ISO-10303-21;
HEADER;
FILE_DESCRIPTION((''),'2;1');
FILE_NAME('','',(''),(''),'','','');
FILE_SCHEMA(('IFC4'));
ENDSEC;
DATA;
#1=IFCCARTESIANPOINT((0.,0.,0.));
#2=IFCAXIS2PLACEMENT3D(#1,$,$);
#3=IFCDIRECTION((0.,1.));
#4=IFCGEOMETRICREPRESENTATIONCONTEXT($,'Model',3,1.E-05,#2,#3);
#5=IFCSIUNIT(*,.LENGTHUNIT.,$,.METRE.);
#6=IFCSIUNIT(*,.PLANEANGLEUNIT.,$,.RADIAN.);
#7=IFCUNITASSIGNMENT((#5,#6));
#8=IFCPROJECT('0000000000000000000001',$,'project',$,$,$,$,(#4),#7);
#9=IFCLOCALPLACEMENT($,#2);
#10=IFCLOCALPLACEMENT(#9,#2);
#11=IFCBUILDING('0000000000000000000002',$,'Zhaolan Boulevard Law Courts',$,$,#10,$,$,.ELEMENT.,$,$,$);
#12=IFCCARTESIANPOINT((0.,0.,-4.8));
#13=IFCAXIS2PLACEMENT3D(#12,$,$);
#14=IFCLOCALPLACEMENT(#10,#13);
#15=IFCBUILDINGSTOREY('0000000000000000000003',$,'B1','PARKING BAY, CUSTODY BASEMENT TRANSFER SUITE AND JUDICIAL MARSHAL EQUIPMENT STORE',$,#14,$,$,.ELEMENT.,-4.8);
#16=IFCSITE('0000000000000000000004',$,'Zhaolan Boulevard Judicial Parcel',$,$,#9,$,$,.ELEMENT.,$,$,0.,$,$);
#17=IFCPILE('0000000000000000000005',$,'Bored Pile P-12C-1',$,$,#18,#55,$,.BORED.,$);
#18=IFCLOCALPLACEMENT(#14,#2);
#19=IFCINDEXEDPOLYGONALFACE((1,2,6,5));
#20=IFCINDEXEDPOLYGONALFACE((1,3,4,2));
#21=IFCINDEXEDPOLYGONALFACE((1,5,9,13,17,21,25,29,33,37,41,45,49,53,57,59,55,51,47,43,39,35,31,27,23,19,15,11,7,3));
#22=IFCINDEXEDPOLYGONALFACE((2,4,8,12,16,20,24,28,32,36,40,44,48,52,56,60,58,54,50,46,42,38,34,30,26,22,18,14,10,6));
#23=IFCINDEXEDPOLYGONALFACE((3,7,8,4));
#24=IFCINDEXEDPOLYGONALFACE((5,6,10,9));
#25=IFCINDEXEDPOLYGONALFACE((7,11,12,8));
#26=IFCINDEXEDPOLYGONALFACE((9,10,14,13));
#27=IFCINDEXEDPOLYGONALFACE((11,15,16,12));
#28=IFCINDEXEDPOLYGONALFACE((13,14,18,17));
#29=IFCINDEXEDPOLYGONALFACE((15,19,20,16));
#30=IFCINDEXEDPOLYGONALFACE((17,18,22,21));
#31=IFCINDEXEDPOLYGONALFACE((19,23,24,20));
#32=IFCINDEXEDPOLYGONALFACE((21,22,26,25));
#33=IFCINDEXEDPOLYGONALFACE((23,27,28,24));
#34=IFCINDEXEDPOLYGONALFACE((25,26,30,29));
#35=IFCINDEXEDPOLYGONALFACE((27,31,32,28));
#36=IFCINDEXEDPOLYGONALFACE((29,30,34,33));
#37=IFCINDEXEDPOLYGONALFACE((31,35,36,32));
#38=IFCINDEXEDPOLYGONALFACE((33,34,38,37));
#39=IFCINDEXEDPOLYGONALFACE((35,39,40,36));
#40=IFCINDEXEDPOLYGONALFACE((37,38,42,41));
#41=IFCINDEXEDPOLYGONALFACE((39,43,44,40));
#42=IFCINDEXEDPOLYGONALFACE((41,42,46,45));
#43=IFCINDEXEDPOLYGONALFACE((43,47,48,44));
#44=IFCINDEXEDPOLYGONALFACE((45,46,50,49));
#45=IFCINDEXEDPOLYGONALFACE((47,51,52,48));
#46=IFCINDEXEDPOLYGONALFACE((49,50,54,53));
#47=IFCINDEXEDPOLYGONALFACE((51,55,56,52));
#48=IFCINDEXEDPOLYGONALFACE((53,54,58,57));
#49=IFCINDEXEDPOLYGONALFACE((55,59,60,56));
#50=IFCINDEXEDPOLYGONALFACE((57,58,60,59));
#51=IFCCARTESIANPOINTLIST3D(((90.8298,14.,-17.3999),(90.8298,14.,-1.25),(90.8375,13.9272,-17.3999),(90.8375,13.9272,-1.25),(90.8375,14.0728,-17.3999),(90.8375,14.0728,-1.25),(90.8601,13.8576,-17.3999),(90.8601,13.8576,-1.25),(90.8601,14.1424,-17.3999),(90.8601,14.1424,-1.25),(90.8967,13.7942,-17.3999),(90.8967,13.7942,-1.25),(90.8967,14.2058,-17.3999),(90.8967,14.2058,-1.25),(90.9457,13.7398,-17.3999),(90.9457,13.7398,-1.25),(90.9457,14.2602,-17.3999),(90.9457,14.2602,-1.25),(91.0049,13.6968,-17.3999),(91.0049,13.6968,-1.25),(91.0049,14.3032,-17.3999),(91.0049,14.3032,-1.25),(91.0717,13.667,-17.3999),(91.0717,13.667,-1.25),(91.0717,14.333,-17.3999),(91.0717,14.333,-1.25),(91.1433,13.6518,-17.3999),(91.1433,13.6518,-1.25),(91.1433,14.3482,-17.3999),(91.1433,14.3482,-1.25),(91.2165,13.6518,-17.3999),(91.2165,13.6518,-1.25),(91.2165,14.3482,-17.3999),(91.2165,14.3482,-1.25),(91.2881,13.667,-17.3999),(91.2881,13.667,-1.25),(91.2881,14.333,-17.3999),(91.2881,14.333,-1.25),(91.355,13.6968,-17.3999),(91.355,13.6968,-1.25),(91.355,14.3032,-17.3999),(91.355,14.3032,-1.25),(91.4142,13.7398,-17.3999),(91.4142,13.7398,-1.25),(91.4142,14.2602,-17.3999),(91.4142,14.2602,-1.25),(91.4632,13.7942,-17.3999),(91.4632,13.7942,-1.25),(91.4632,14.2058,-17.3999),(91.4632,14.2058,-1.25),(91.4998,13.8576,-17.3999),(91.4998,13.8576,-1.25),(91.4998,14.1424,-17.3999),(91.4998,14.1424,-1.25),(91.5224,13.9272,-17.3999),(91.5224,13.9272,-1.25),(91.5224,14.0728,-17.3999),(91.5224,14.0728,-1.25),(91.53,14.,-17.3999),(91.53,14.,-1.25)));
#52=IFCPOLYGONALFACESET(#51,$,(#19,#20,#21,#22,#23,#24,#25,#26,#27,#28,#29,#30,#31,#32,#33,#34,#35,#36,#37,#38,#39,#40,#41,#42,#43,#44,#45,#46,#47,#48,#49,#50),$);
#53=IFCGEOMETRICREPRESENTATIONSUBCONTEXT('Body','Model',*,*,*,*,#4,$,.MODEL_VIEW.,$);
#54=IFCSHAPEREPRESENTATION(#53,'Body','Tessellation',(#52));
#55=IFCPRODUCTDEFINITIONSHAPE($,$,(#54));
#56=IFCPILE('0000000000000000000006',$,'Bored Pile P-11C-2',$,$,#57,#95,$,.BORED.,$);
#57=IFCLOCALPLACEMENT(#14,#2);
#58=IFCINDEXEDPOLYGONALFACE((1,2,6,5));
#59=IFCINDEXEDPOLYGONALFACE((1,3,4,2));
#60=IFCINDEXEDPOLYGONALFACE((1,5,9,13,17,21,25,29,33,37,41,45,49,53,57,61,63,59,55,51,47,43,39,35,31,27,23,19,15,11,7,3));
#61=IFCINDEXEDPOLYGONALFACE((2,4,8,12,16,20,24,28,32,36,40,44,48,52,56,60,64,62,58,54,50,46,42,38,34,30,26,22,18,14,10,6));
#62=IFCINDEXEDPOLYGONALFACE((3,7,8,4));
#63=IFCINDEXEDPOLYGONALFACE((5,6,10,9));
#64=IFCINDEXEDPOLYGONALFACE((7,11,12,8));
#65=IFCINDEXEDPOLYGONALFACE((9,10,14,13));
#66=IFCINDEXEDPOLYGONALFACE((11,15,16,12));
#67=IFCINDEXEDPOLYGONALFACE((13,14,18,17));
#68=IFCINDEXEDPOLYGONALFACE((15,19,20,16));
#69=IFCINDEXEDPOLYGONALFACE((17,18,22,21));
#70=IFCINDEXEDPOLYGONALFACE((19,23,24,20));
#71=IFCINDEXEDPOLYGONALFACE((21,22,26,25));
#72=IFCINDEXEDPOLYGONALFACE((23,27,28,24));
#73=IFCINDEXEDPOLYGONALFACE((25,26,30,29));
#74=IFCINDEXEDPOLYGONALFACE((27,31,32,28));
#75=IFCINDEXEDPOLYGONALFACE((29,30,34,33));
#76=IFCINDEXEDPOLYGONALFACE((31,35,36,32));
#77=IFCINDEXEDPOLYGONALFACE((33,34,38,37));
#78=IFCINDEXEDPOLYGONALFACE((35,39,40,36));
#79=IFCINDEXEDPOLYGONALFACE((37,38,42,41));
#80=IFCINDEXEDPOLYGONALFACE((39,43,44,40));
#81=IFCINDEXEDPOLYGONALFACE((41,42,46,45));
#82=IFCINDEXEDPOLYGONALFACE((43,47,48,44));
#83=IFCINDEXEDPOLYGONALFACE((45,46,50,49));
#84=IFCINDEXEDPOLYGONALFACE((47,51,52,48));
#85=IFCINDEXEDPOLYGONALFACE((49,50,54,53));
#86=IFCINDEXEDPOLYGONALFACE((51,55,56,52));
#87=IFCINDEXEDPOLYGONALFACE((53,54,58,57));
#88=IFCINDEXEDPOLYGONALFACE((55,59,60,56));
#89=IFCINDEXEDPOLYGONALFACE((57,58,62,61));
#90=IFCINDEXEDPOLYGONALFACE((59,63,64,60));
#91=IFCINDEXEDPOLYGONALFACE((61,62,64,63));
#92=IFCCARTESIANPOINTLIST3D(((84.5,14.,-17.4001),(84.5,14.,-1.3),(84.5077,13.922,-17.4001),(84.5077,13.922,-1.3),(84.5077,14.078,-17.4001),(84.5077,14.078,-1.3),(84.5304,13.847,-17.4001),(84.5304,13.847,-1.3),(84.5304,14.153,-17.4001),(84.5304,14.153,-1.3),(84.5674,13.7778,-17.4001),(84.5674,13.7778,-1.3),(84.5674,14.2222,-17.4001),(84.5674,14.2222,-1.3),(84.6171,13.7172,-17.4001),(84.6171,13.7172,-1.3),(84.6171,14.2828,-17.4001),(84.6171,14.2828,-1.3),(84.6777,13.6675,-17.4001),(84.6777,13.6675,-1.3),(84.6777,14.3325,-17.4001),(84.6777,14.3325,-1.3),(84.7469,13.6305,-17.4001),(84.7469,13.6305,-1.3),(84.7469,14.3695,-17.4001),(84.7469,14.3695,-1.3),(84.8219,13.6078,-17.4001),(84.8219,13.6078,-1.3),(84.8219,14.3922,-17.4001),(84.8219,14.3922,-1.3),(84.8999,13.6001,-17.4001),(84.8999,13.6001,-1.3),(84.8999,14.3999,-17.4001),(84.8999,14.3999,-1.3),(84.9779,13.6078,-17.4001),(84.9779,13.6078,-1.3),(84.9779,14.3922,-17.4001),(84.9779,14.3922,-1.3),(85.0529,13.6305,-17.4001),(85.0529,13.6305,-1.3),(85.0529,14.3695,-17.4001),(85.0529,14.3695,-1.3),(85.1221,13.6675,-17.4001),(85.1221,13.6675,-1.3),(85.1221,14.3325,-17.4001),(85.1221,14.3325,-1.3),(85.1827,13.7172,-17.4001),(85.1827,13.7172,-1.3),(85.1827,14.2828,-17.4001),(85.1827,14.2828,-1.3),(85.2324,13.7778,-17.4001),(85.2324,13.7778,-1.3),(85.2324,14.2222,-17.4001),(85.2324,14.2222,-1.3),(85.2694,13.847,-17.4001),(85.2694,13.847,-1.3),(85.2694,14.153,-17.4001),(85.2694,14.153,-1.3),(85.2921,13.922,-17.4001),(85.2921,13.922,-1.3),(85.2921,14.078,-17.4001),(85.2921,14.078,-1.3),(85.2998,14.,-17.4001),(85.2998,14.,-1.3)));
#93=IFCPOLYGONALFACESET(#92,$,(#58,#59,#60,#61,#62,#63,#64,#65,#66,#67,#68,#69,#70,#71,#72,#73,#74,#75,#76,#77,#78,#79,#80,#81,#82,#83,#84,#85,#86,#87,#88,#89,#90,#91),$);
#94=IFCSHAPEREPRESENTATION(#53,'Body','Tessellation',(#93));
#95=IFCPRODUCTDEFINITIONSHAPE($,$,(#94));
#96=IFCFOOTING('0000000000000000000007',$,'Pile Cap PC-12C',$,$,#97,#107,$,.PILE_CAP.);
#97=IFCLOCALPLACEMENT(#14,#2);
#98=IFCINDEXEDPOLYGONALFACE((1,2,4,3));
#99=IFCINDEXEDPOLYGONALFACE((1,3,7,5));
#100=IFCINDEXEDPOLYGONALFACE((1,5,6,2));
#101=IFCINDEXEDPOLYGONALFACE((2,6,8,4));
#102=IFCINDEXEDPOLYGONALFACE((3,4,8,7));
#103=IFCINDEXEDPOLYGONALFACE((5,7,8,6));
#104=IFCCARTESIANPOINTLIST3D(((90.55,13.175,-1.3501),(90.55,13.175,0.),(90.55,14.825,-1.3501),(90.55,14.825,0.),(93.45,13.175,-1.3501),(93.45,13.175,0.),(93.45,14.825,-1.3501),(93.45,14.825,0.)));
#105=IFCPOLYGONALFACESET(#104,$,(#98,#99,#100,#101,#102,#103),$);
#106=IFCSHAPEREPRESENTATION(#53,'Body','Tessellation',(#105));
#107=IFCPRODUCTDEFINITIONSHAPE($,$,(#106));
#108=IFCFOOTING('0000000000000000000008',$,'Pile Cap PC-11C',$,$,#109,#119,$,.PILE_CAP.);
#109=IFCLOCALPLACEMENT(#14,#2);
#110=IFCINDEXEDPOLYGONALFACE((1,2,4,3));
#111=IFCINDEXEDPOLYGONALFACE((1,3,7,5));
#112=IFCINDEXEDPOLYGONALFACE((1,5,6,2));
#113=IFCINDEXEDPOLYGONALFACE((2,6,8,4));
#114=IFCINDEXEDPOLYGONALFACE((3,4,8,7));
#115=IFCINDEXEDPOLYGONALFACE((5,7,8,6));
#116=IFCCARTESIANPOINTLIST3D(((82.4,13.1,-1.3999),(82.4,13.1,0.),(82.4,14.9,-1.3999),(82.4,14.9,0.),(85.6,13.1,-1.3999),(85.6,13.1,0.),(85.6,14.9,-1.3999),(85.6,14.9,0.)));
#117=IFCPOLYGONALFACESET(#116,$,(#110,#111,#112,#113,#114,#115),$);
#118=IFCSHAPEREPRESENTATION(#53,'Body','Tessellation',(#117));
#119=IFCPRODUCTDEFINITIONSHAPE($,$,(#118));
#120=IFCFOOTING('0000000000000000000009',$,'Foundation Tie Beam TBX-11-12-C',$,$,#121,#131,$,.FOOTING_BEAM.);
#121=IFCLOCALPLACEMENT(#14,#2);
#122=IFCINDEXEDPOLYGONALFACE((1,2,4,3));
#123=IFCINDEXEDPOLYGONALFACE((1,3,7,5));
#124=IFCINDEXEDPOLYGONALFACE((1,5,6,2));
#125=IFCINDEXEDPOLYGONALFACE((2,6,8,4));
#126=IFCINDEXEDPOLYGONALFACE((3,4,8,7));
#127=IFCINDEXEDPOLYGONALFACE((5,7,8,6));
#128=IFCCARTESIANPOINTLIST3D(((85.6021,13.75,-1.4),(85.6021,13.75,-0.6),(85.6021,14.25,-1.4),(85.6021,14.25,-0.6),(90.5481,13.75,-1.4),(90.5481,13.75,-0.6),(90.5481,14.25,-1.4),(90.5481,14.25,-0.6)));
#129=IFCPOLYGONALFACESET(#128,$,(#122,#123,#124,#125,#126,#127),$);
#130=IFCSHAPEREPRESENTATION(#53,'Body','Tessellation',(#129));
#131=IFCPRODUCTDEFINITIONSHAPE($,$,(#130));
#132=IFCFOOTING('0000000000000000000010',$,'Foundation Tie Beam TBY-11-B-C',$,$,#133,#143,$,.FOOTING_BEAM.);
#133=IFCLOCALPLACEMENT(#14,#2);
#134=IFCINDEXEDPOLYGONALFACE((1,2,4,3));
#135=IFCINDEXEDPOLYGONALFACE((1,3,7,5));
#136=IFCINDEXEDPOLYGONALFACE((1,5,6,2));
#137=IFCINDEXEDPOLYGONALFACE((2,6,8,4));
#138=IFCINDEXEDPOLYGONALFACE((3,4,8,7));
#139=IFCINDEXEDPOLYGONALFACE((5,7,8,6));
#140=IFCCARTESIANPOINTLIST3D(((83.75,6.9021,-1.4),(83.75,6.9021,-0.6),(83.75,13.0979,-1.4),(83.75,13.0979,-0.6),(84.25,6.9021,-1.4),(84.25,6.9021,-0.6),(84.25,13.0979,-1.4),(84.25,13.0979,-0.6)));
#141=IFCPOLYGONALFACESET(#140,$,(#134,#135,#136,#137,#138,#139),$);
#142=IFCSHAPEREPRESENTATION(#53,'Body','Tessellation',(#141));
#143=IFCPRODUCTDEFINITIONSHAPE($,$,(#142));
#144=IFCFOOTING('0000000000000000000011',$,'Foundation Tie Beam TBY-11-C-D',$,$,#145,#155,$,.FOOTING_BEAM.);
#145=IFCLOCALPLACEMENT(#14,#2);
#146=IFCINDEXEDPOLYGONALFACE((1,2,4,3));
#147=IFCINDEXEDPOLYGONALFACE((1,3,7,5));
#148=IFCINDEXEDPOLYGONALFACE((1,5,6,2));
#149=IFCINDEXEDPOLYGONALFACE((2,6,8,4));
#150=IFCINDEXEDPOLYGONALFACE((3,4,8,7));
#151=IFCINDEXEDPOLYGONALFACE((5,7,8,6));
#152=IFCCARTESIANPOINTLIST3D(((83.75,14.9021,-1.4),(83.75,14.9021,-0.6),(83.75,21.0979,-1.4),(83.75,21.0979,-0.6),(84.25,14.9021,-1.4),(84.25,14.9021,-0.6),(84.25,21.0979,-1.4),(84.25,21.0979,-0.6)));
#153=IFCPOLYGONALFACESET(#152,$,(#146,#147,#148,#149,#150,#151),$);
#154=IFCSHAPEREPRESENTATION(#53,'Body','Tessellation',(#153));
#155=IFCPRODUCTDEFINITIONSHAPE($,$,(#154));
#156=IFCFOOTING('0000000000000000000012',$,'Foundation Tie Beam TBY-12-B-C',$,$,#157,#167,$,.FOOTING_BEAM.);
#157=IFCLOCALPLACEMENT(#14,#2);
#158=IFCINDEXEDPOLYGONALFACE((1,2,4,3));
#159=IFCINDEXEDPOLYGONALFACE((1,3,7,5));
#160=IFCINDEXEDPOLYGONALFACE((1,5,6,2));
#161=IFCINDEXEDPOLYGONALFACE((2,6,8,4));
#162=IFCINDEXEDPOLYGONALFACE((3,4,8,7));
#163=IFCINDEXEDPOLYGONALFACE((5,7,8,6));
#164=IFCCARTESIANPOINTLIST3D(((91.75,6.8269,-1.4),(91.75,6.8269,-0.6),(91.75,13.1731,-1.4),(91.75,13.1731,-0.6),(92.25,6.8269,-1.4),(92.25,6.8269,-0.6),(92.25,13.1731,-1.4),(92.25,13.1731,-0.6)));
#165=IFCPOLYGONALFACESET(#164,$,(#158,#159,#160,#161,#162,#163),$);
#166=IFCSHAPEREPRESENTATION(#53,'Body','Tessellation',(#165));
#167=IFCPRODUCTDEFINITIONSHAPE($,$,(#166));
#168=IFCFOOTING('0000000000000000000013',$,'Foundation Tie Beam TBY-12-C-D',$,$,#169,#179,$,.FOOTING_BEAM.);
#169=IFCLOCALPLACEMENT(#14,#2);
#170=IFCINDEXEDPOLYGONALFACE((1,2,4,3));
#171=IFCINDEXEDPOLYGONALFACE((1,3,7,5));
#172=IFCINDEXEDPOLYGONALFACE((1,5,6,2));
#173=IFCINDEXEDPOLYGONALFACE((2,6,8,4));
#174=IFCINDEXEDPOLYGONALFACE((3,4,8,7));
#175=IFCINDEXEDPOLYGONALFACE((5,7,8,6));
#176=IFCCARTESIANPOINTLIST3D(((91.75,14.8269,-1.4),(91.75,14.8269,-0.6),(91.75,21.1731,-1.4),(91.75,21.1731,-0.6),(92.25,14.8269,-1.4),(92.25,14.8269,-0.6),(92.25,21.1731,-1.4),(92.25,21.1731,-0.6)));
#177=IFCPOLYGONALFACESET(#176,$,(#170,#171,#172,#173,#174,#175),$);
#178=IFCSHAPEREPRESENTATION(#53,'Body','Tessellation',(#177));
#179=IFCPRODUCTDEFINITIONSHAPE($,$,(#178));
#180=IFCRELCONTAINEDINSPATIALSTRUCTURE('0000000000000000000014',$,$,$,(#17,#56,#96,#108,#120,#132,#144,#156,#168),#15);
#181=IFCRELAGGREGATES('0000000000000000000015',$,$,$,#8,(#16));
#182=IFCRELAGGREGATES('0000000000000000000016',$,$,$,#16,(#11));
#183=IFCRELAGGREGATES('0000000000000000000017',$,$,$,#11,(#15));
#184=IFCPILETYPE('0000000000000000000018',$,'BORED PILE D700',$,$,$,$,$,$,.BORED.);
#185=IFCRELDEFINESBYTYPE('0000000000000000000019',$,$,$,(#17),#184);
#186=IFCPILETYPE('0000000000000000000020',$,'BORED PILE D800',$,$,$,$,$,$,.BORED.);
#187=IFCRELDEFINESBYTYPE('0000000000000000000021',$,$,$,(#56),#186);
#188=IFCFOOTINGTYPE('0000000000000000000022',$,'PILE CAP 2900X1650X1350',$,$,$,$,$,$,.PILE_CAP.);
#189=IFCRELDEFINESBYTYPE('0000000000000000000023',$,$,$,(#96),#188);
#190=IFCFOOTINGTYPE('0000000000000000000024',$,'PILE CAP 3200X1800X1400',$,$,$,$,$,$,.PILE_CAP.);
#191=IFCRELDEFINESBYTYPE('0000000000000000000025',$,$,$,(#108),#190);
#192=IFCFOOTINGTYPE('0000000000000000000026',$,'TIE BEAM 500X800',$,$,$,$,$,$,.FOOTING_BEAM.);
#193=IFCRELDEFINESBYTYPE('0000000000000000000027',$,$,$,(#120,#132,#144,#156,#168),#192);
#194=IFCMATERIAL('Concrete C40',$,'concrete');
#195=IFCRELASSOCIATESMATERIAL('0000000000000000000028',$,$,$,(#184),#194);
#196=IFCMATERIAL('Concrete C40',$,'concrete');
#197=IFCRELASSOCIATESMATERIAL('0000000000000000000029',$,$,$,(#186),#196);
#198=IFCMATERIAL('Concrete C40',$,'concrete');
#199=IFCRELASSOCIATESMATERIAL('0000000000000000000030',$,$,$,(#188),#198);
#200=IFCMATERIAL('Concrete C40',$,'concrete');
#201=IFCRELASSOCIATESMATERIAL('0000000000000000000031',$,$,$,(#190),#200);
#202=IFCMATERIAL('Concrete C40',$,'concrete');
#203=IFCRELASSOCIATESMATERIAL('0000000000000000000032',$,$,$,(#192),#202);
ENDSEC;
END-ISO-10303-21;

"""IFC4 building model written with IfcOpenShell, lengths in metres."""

from ifc_helpers import new_model, si_unit, direction, frame, origin, origin_2d, place, context, subcontext, project, spatial, rectangle, circle, extrude, material, material_profile, profile_set, type_object, element, save


model = new_model("IFC4")

# Units and contexts
model_context = context("Model", 3, precision=1e-05, world=origin(), true_north=direction((0.0, 1.0)))
body_context = subcontext(model_context, "Body", "Model", "MODEL_VIEW")
ifc_project = project(units=[si_unit("LENGTHUNIT", "METRE"), si_unit("PLANEANGLEUNIT", "RADIAN")], contexts=[model_context])

# Site, building, storey
site_placement = place(None, origin())
site = spatial("IfcSite", under=ifc_project, at=site_placement, Name="Zhaolan Boulevard Judicial Parcel", CompositionType="ELEMENT", RefElevation=0.0)
building_placement = place(site_placement, origin())
building = spatial("IfcBuilding", under=site, at=building_placement, Name="Zhaolan Boulevard Law Courts", CompositionType="ELEMENT")
storey_placement = place(building_placement, frame((0.0, 0.0, -4.8)))
storey = spatial("IfcBuildingStorey", under=building, at=storey_placement, Name="B1", Description="PARKING BAY, CUSTODY BASEMENT TRANSFER SUITE AND JUDICIAL MARSHAL EQUIPMENT STORE", CompositionType="ELEMENT", Elevation=-4.8)

# Piles
ifc_material_1 = material(Name="Concrete C40", Category="concrete")
ifc_material_profile_1 = material_profile(ifc_material_1, circle(Radius=0.3501, at=origin_2d()), Name="PILE-D700")
ifc_profile_set_1 = profile_set([ifc_material_profile_1], Name="Concrete C40")
pile_type_1 = type_object("IfcPileType", Name="BORED PILE D700", PredefinedType="BORED", material=ifc_profile_set_1)
pile_1_placement = place(storey_placement, frame((91.1799, 14.0, -1.25), z_axis=(0.0, 0.0, -1.0), x_axis=(1.0, 0.0, 0.0)))
element("IfcPile", 1, at=pile_1_placement, inside=storey, type_object=pile_type_1, Name="Bored Pile P-12C-1", PredefinedType="BORED", context=body_context, shape_type="SweptSolid", body=[
    extrude(circle(Radius=0.3501, at=origin_2d()), origin(), (0.0, 0.0, 1.0), 16.1499),
])
ifc_material_2 = material(Name="Concrete C40", Category="concrete")
ifc_material_profile_2 = material_profile(ifc_material_2, circle(Radius=0.3999, at=origin_2d()), Name="PILE-D800")
ifc_profile_set_2 = profile_set([ifc_material_profile_2], Name="Concrete C40")
pile_type_2 = type_object("IfcPileType", Name="BORED PILE D800", PredefinedType="BORED", material=ifc_profile_set_2)
pile_2_placement = place(storey_placement, frame((84.8999, 14.0, -1.3), z_axis=(0.0, 0.0, -1.0), x_axis=(1.0, 0.0, 0.0)))
element("IfcPile", 2, at=pile_2_placement, inside=storey, type_object=pile_type_2, Name="Bored Pile P-11C-2", PredefinedType="BORED", context=body_context, shape_type="SweptSolid", body=[
    extrude(circle(Radius=0.3999, at=origin_2d()), origin(), (0.0, 0.0, 1.0), 16.1001),
])

# Footings
ifc_material_3 = material(Name="Concrete C40", Category="concrete")
footing_type_1 = type_object("IfcFootingType", Name="PILE CAP 2900X1650X1350", PredefinedType="PILE_CAP", material=ifc_material_3)
footing_1_placement = place(storey_placement, frame((92.0, 14.0, -1.3501), z_axis=(0.0, 0.0, 1.0), x_axis=(1.0, 0.0, 0.0)))
element("IfcFooting", 3, at=footing_1_placement, inside=storey, type_object=footing_type_1, Name="Pile Cap PC-12C", PredefinedType="PILE_CAP", context=body_context, shape_type="SweptSolid", body=[
    extrude(rectangle(XDim=2.8999, YDim=1.6499, at=origin_2d()), origin(), (0.0, 0.0, 1.0), 1.3501),
])
ifc_material_4 = material(Name="Concrete C40", Category="concrete")
footing_type_2 = type_object("IfcFootingType", Name="PILE CAP 3200X1800X1400", PredefinedType="PILE_CAP", material=ifc_material_4)
footing_2_placement = place(storey_placement, frame((84.0, 14.0, -1.3999), z_axis=(0.0, 0.0, 1.0), x_axis=(1.0, 0.0, 0.0)))
element("IfcFooting", 4, at=footing_2_placement, inside=storey, type_object=footing_type_2, Name="Pile Cap PC-11C", PredefinedType="PILE_CAP", context=body_context, shape_type="SweptSolid", body=[
    extrude(rectangle(XDim=3.2, YDim=1.8, at=origin_2d()), origin(), (0.0, 0.0, 1.0), 1.3999),
])
ifc_material_5 = material(Name="Concrete C40", Category="concrete")
ifc_material_profile_3 = material_profile(ifc_material_5, rectangle(XDim=0.5, YDim=0.8, at=origin_2d()), Name="RC500x800")
ifc_profile_set_3 = profile_set([ifc_material_profile_3], Name="Concrete C40")
footing_type_3 = type_object("IfcFootingType", Name="TIE BEAM 500X800", PredefinedType="FOOTING_BEAM", material=ifc_profile_set_3)
footing_3_placement = place(storey_placement, frame((85.6021, 14.0, -1.0), z_axis=(1.0, 0.0, 0.0), x_axis=(0.0, 1.0, 0.0)))
element("IfcFooting", 5, at=footing_3_placement, inside=storey, type_object=footing_type_3, Name="Foundation Tie Beam TBX-11-12-C", PredefinedType="FOOTING_BEAM", context=body_context, shape_type="SweptSolid", body=[
    extrude(rectangle(XDim=0.5, YDim=0.8, at=origin_2d()), origin(), (0.0, 0.0, 1.0), 4.946),
])
for number, where, z_axis, x_axis, name in (
    (6, (84.0, 6.9021, -1.0), (0.0, 1.0, 0.0), (-1.0, 0.0, 0.0), "Foundation Tie Beam TBY-11-B-C"),
    (7, (84.0, 14.9021, -1.0), (0.0, 1.0, 0.0), (-1.0, 0.0, 0.0), "Foundation Tie Beam TBY-11-C-D"),
):
    element("IfcFooting", number, at=place(storey_placement, frame(where, z_axis=z_axis, x_axis=x_axis)), inside=storey, type_object=footing_type_3, Name=name, PredefinedType="FOOTING_BEAM", context=body_context, shape_type="SweptSolid", body=[
        extrude(rectangle(XDim=0.5, YDim=0.8, at=origin_2d()), origin(), (0.0, 0.0, 1.0), 6.1958),
    ])
for number, where, z_axis, x_axis, name in (
    (8, (92.0, 6.8269, -1.0), (0.0, 1.0, 0.0), (-1.0, 0.0, 0.0), "Foundation Tie Beam TBY-12-B-C"),
    (9, (92.0, 14.8269, -1.0), (0.0, 1.0, 0.0), (-1.0, 0.0, 0.0), "Foundation Tie Beam TBY-12-C-D"),
):
    element("IfcFooting", number, at=place(storey_placement, frame(where, z_axis=z_axis, x_axis=x_axis)), inside=storey, type_object=footing_type_3, Name=name, PredefinedType="FOOTING_BEAM", context=body_context, shape_type="SweptSolid", body=[
        extrude(rectangle(XDim=0.5, YDim=0.8, at=origin_2d()), origin(), (0.0, 0.0, 1.0), 6.3462),
    ])

save(model, "model.ifc")
